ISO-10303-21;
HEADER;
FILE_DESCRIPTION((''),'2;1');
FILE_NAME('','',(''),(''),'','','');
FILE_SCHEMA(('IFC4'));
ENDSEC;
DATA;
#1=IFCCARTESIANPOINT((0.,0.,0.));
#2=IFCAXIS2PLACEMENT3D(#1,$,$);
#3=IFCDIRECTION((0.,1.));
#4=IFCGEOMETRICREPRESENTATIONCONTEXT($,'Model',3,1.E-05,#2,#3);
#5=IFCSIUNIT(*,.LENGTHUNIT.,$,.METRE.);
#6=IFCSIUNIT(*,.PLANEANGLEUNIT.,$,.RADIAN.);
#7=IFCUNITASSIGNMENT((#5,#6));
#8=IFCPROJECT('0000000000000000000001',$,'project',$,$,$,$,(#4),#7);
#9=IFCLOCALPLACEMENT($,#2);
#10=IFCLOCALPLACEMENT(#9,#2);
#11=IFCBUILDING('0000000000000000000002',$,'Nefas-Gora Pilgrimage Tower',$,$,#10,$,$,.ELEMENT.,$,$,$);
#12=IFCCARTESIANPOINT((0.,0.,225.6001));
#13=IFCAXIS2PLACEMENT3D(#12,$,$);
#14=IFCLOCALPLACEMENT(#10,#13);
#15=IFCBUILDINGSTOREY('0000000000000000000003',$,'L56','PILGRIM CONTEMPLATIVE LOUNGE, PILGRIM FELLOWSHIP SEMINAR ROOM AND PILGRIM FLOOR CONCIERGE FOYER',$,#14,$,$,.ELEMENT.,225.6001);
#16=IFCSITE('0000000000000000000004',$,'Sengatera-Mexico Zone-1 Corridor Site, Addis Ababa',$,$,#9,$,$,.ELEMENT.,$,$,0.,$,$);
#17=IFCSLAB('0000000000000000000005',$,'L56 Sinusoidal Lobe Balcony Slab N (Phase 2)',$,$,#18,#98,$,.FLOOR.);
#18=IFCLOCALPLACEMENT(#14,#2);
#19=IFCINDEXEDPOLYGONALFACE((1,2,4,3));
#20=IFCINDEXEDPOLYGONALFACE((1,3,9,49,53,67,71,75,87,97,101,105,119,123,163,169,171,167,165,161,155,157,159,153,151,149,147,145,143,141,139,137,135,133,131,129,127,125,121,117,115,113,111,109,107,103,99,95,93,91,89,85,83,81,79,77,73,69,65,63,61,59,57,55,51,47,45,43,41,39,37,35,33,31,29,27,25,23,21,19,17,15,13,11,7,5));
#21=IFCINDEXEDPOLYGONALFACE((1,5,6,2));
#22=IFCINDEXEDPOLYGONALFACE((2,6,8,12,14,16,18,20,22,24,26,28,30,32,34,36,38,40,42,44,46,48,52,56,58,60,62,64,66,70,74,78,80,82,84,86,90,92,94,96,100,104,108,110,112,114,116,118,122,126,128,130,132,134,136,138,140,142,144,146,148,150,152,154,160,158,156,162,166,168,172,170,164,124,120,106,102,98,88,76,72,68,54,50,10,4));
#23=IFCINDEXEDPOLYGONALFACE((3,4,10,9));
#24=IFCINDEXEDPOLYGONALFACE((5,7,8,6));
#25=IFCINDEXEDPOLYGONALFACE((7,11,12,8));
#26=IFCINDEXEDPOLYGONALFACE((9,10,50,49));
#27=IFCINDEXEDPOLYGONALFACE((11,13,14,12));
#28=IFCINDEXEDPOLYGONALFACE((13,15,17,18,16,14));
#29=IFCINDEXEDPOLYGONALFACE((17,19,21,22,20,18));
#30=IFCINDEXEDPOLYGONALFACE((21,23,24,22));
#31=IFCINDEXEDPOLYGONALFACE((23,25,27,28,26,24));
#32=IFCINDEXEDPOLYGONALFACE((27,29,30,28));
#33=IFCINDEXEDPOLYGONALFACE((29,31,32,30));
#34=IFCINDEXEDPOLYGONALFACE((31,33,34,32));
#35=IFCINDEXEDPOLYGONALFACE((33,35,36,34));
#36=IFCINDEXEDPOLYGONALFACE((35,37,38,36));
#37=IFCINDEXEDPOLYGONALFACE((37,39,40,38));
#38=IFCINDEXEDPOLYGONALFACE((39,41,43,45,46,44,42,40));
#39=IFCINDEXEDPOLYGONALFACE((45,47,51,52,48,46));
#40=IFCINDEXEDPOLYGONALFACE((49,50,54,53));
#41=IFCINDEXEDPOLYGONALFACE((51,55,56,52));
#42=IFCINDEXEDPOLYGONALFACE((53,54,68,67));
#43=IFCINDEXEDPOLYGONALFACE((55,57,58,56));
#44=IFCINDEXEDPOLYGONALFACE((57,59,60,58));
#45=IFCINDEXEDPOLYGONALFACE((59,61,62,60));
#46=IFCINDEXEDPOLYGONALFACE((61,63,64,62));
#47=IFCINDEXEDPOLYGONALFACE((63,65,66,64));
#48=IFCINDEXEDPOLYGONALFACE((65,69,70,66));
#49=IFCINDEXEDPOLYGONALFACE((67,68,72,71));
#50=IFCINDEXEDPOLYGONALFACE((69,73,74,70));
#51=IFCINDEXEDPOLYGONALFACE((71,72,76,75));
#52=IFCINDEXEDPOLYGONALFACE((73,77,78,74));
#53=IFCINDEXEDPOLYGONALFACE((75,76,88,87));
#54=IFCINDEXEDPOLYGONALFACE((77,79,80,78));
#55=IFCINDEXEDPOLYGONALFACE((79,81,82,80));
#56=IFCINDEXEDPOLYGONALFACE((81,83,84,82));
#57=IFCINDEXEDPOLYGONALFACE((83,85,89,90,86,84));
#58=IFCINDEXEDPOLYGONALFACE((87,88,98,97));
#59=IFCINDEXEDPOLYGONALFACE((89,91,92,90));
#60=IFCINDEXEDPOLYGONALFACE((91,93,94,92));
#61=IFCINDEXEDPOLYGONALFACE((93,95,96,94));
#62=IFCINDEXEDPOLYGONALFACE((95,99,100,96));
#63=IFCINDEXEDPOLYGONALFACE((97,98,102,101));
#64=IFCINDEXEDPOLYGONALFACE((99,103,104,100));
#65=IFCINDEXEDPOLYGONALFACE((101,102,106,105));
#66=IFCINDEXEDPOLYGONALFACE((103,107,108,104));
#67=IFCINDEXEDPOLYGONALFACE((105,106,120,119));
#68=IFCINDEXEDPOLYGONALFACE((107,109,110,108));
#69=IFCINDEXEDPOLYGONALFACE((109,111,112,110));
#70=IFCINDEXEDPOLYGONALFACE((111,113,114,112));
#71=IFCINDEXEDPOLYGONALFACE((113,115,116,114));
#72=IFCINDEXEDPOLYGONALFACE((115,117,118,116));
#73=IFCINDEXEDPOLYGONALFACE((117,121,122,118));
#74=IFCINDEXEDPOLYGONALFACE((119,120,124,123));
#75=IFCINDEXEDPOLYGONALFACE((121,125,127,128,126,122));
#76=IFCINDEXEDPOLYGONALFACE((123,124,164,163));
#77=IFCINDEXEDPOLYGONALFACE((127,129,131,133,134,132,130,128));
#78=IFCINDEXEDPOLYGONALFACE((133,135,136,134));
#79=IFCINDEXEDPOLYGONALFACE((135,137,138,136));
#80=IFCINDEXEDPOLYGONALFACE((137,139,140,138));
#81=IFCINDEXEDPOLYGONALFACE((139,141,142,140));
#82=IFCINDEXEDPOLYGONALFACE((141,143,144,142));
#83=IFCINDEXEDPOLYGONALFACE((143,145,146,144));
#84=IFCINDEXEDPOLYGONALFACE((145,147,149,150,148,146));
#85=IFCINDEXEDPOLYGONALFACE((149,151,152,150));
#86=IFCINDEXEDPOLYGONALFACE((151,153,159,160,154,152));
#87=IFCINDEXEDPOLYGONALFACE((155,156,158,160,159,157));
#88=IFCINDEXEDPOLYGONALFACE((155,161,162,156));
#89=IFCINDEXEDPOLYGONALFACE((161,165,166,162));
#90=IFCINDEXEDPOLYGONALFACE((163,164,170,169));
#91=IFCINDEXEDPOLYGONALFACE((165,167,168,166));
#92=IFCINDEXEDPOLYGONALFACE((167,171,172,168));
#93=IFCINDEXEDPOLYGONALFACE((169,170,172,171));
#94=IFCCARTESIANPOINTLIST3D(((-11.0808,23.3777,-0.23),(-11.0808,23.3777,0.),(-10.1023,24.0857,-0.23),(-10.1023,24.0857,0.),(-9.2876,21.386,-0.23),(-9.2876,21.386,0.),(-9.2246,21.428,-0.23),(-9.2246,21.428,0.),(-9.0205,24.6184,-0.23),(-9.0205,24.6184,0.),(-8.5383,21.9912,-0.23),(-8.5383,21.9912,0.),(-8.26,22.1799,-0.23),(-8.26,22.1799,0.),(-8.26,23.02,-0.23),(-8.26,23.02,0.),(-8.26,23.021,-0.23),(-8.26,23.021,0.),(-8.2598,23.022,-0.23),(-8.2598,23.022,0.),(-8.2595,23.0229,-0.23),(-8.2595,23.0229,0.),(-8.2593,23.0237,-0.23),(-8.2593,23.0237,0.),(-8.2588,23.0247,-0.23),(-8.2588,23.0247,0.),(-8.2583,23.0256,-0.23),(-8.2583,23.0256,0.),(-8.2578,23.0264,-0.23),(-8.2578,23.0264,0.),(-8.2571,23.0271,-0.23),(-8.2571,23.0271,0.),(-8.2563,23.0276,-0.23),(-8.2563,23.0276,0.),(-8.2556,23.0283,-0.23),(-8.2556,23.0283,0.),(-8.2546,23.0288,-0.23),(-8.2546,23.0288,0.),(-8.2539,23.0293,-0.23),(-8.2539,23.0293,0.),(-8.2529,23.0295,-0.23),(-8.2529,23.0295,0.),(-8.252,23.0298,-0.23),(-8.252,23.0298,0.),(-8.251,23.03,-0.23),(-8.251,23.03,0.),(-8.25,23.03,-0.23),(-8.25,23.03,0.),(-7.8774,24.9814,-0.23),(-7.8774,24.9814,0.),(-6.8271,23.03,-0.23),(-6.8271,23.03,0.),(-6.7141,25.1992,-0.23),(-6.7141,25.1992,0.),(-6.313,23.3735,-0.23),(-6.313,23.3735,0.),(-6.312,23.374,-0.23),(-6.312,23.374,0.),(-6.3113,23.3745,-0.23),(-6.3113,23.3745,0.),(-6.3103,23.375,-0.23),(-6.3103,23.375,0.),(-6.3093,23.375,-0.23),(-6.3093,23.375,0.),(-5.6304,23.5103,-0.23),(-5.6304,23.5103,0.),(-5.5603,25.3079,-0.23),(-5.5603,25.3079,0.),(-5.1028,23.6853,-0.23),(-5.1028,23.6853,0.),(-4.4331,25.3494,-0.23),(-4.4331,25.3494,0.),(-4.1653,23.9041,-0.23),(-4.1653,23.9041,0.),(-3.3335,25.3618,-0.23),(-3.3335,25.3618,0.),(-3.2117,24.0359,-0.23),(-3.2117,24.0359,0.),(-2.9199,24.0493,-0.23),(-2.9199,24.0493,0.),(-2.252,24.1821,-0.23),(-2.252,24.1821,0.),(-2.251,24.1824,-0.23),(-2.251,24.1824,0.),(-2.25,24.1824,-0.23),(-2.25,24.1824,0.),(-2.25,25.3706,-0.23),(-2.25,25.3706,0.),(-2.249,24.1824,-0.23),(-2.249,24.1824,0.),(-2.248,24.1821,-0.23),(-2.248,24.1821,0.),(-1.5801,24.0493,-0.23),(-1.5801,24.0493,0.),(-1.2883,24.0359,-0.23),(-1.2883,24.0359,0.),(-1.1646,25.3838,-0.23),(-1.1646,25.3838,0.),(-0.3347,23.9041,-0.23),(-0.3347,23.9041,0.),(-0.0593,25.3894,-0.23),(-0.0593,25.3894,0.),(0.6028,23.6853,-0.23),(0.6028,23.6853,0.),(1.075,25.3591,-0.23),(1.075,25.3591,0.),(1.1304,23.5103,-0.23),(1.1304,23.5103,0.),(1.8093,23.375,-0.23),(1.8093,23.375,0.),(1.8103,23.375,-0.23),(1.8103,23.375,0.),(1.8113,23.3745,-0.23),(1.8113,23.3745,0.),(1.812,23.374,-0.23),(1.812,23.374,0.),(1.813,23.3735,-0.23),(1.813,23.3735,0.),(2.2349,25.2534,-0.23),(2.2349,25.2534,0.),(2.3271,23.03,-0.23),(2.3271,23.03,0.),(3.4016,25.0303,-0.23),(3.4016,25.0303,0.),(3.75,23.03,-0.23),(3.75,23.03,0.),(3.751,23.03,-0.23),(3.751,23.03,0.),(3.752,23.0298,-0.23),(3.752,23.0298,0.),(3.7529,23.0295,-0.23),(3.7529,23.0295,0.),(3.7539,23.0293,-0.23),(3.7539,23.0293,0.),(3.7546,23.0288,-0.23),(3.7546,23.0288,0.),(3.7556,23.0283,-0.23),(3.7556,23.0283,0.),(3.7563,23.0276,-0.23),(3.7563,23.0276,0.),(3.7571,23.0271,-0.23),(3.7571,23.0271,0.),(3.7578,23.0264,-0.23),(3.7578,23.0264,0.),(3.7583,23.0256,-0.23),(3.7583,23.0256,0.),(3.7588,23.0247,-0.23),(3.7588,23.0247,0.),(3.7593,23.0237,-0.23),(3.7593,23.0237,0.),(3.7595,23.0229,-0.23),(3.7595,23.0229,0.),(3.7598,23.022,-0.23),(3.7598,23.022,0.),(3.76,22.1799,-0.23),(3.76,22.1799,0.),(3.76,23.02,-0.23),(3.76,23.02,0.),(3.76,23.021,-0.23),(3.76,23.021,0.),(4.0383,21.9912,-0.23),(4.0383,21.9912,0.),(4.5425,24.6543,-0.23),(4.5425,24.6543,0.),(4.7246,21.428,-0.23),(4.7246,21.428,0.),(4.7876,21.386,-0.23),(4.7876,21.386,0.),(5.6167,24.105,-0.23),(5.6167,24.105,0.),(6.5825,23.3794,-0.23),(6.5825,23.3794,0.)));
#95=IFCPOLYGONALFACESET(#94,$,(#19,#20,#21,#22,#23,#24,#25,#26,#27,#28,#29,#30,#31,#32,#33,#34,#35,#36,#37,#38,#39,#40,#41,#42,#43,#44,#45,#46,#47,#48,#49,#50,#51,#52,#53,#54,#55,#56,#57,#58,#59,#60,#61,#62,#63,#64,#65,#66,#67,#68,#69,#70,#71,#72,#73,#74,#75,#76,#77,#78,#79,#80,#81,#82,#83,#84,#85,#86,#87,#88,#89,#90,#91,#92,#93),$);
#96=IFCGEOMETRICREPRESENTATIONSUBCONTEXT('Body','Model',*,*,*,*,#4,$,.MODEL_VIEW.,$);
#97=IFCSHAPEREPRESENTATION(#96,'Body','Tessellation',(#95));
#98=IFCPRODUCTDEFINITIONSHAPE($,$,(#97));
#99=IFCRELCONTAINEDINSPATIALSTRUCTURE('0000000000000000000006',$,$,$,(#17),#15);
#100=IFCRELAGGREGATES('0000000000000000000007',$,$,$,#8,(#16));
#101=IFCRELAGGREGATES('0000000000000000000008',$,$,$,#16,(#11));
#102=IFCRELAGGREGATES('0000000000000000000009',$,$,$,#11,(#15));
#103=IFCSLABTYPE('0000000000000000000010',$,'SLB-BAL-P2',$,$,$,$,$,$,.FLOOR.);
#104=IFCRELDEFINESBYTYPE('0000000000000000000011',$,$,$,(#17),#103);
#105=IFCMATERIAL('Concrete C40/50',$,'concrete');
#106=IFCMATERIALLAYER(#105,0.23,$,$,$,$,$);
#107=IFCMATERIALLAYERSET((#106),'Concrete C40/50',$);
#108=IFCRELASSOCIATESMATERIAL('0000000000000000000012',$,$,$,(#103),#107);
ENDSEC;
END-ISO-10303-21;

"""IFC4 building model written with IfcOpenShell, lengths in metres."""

from ifc_helpers import new_model, si_unit, direction, frame, origin, place, context, subcontext, project, spatial, polyline, outline, extrude, material, layer, layer_set, type_object, element, save


model = new_model("IFC4")

# Units and contexts
model_context = context("Model", 3, precision=1e-05, world=origin(), true_north=direction((0.0, 1.0)))
body_context = subcontext(model_context, "Body", "Model", "MODEL_VIEW")
ifc_project = project(units=[si_unit("LENGTHUNIT", "METRE"), si_unit("PLANEANGLEUNIT", "RADIAN")], contexts=[model_context])

# Site, building, storey
site_placement = place(None, origin())
site = spatial("IfcSite", under=ifc_project, at=site_placement, Name="Sengatera-Mexico Zone-1 Corridor Site, Addis Ababa", CompositionType="ELEMENT", RefElevation=0.0)
building_placement = place(site_placement, origin())
building = spatial("IfcBuilding", under=site, at=building_placement, Name="Nefas-Gora Pilgrimage Tower", CompositionType="ELEMENT")
storey_placement = place(building_placement, frame((0.0, 0.0, 225.6001)))
storey = spatial("IfcBuildingStorey", under=building, at=storey_placement, Name="L56", Description="PILGRIM CONTEMPLATIVE LOUNGE, PILGRIM FELLOWSHIP SEMINAR ROOM AND PILGRIM FLOOR CONCIERGE FOYER", CompositionType="ELEMENT", Elevation=225.6001)

# Slab
ifc_material_1 = material(Name="Concrete C40/50", Category="concrete")
ifc_layer_1 = layer(ifc_material_1, 0.23)
ifc_layer_set_1 = layer_set([ifc_layer_1], Name="Concrete C40/50")
slab_type_1 = type_object("IfcSlabType", Name="SLB-BAL-P2", PredefinedType="FLOOR", material=ifc_layer_set_1)
slab_1_placement = place(storey_placement, frame((0.0, 0.0, -0.23)))
element("IfcSlab", 1, at=slab_1_placement, inside=storey, type_object=slab_type_1, Name="L56 Sinusoidal Lobe Balcony Slab N (Phase 2)", PredefinedType="FLOOR", context=body_context, shape_type="SweptSolid", body=[
    extrude(outline(polyline([(-9.2876, 21.386), (-9.2246, 21.428), (-8.5383, 21.9912), (-8.26, 22.1799), (-8.26, 23.02), (-8.26, 23.021), (-8.2598, 23.022), (-8.2595, 23.0229), (-8.2593, 23.0237), (-8.2588, 23.0247), (-8.2583, 23.0256), (-8.2578, 23.0264), (-8.2571, 23.0271), (-8.2563, 23.0276), (-8.2556, 23.0283), (-8.2546, 23.0288), (-8.2539, 23.0293), (-8.2529, 23.0295), (-8.252, 23.0298), (-8.251, 23.03), (-8.25, 23.03), (-6.8271, 23.03), (-6.313, 23.3735), (-6.312, 23.374), (-6.3113, 23.3745), (-6.3103, 23.375), (-6.3093, 23.375), (-5.6304, 23.5103), (-5.1028, 23.6853), (-4.1653, 23.9041), (-3.2117, 24.0359), (-2.9199, 24.0493), (-2.252, 24.1821), (-2.251, 24.1824), (-2.25, 24.1824), (-2.249, 24.1824), (-2.248, 24.1821), (-1.5801, 24.0493), (-1.2883, 24.0359), (-0.3347, 23.9041), (0.6028, 23.6853), (1.1304, 23.5103), (1.8093, 23.375), (1.8103, 23.375), (1.8113, 23.3745), (1.812, 23.374), (1.813, 23.3735), (2.3271, 23.03), (3.75, 23.03), (3.751, 23.03), (3.752, 23.0298), (3.7529, 23.0295), (3.7539, 23.0293), (3.7546, 23.0288), (3.7556, 23.0283), (3.7563, 23.0276), (3.7571, 23.0271), (3.7578, 23.0264), (3.7583, 23.0256), (3.7588, 23.0247), (3.7593, 23.0237), (3.7595, 23.0229), (3.7598, 23.022), (3.76, 23.021), (3.76, 23.02), (3.76, 22.1799), (4.0383, 21.9912), (4.7246, 21.428), (4.7876, 21.386), (6.5825, 23.3794), (5.6167, 24.105), (4.5425, 24.6543), (3.4016, 25.0303), (2.2349, 25.2534), (1.075, 25.3591), (-0.0593, 25.3894), (-1.1646, 25.3838), (-2.25, 25.3706), (-3.3335, 25.3618), (-4.4331, 25.3494), (-5.5603, 25.3079), (-6.7141, 25.1992), (-7.8774, 24.9814), (-9.0205, 24.6184), (-10.1023, 24.0857), (-11.0808, 23.3777), (-9.2876, 21.386)])), origin(), (0.0, 0.0, 1.0), 0.23),
])

save(model, "model.ifc")
